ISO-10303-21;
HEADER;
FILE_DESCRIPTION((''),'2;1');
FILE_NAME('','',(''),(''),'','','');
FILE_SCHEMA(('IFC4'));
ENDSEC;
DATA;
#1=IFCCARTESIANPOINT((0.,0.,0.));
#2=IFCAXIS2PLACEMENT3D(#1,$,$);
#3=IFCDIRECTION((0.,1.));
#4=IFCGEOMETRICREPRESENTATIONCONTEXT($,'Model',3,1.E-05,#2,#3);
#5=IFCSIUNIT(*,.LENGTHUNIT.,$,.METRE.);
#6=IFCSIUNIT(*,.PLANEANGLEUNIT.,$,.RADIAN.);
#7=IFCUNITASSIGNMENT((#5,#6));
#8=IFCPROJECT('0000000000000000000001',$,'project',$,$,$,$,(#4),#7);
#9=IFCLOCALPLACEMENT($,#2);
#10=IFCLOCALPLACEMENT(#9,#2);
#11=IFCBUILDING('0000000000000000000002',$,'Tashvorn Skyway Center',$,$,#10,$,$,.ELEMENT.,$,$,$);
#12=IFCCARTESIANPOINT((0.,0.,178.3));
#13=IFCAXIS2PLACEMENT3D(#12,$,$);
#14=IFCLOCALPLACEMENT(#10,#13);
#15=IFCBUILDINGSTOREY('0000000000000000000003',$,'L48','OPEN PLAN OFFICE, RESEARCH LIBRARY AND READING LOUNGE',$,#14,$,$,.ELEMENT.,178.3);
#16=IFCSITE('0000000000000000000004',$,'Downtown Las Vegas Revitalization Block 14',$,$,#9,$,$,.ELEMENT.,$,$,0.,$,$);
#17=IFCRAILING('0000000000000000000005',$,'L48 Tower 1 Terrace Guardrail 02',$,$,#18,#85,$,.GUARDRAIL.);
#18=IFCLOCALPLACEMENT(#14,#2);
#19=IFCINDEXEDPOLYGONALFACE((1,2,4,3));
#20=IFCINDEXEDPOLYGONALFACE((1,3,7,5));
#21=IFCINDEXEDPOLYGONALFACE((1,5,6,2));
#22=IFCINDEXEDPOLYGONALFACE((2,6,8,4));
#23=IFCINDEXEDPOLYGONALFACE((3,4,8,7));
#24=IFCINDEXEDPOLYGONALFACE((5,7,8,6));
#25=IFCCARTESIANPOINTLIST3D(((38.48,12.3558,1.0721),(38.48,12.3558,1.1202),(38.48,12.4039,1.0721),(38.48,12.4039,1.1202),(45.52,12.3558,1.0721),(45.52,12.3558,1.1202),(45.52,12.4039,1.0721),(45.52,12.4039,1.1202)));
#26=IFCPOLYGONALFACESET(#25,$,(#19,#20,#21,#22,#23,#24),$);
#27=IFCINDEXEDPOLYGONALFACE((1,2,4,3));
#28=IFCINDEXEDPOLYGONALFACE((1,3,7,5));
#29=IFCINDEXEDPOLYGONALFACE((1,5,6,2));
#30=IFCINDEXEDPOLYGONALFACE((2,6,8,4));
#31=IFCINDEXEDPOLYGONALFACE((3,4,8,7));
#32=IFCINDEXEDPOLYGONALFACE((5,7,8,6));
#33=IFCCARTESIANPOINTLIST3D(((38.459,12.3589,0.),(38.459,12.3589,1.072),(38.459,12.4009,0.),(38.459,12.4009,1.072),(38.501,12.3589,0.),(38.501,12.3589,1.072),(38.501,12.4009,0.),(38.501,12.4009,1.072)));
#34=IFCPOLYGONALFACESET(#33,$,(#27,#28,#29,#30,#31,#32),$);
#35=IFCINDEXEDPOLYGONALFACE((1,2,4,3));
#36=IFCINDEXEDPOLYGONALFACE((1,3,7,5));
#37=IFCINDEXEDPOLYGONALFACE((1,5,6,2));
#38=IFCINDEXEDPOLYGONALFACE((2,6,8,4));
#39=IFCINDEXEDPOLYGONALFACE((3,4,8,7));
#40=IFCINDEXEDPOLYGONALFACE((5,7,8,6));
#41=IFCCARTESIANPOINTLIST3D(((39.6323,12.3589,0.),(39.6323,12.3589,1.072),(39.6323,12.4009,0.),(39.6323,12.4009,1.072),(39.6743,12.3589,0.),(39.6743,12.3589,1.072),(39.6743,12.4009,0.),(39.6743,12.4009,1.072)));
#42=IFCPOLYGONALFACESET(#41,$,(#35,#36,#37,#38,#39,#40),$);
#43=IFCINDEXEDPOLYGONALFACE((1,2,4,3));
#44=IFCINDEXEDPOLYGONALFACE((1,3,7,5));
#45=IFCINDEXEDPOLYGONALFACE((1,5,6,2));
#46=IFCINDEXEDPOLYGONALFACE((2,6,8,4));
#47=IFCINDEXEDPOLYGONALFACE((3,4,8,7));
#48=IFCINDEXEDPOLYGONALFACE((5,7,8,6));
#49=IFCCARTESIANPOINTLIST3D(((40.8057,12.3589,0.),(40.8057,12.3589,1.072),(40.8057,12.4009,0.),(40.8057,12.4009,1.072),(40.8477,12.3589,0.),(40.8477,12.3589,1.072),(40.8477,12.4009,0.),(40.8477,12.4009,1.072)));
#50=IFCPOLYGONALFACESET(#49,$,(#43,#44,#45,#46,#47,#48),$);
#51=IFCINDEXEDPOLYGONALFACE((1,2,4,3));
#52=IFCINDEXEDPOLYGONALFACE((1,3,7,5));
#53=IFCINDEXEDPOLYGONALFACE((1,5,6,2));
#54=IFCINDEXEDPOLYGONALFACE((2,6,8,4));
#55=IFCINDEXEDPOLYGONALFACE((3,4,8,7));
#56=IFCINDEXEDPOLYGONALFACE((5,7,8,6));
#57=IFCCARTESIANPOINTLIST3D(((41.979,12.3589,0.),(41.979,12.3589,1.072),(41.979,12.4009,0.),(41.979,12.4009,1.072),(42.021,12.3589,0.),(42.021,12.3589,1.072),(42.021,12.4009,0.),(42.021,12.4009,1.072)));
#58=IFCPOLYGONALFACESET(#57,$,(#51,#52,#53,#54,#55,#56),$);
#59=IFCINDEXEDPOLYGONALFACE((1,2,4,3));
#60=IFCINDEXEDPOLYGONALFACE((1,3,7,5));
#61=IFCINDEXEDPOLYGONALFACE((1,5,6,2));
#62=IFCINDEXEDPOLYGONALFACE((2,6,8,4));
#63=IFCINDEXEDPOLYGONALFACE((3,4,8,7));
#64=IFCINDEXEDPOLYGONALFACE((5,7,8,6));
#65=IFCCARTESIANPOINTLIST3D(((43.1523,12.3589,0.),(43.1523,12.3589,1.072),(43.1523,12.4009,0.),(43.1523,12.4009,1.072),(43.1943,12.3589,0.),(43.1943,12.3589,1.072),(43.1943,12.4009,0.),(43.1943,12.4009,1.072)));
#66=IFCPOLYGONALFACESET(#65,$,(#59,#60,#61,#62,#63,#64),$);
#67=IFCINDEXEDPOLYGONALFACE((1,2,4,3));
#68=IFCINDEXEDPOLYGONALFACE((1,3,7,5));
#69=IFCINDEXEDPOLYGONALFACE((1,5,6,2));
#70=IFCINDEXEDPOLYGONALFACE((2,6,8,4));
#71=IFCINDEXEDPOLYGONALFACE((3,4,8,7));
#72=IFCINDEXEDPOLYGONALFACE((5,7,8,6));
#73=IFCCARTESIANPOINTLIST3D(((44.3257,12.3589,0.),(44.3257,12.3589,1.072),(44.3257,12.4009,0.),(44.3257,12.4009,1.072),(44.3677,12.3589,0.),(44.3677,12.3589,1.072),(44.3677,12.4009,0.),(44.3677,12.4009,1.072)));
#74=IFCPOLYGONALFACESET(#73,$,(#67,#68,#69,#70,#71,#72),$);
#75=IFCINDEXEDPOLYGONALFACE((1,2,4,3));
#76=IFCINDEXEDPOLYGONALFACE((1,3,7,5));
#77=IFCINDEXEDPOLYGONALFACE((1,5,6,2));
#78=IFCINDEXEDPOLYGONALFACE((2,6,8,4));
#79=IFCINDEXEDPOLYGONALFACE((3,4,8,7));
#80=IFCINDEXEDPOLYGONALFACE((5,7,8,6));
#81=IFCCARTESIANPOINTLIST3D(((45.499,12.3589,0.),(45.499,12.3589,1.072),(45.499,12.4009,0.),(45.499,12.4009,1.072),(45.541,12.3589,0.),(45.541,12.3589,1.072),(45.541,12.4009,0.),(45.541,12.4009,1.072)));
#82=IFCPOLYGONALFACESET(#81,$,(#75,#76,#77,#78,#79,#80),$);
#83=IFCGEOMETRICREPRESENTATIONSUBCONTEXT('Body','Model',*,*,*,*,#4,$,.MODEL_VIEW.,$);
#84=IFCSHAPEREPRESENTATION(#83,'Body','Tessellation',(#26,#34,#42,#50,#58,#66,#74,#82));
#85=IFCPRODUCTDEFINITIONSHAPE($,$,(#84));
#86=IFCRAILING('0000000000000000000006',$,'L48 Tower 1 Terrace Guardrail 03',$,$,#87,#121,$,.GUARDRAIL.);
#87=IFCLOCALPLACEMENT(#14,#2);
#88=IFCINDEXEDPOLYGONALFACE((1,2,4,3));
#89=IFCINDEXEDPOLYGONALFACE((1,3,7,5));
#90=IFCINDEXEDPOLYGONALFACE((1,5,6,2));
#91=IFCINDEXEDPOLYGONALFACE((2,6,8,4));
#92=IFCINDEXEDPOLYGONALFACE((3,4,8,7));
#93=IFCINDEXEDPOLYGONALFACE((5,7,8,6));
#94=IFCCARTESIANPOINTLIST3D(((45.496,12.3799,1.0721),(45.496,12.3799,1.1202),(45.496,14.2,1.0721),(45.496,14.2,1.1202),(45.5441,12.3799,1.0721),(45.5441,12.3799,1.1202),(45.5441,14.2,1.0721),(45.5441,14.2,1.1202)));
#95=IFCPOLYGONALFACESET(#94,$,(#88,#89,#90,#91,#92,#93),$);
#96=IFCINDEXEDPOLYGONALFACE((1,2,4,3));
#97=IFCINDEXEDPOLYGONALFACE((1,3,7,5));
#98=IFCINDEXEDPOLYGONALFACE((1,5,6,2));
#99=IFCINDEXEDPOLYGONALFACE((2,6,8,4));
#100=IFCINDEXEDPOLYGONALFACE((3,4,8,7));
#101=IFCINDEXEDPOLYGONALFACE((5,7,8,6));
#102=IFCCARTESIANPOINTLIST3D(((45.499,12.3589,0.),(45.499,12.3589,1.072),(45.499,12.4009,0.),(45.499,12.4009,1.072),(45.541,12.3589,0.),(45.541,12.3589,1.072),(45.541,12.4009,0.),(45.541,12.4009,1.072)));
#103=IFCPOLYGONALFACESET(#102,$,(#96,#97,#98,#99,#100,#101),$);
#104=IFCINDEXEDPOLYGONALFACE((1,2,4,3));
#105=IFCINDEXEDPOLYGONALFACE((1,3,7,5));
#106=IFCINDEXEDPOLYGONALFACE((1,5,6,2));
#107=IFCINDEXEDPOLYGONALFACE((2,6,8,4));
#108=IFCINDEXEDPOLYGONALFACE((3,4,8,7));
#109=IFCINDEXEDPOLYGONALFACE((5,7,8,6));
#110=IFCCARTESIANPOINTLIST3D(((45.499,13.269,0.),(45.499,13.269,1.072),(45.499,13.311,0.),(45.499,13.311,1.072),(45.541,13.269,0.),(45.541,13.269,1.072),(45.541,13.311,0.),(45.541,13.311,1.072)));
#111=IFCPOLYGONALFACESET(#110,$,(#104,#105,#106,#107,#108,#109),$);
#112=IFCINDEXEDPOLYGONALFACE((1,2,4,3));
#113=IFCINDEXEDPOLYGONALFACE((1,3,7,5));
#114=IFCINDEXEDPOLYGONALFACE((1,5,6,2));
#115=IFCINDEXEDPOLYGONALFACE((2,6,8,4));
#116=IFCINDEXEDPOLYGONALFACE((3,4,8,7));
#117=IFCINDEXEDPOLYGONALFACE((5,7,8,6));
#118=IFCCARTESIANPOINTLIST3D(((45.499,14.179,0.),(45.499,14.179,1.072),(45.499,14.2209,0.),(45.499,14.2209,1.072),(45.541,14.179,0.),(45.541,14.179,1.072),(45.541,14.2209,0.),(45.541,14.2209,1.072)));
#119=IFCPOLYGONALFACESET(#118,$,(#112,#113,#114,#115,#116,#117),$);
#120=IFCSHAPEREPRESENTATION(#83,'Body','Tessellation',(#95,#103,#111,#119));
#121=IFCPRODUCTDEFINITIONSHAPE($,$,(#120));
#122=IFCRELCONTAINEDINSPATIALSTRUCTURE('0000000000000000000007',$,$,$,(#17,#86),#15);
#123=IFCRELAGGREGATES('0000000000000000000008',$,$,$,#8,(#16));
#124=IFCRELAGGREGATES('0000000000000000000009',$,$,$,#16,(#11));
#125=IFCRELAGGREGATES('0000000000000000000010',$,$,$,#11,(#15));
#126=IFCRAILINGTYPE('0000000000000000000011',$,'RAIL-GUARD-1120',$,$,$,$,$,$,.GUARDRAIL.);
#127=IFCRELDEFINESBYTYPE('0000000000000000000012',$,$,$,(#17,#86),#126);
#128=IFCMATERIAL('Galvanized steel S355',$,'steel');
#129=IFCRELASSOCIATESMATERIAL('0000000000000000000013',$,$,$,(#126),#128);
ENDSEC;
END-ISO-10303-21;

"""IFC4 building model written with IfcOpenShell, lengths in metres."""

from ifc_helpers import new_model, si_unit, direction, frame, origin, origin_2d, place, context, subcontext, project, spatial, rectangle, extrude, material, type_object, element, save


model = new_model("IFC4")

# Units and contexts
model_context = context("Model", 3, precision=1e-05, world=origin(), true_north=direction((0.0, 1.0)))
body_context = subcontext(model_context, "Body", "Model", "MODEL_VIEW")
ifc_project = project(units=[si_unit("LENGTHUNIT", "METRE"), si_unit("PLANEANGLEUNIT", "RADIAN")], contexts=[model_context])

# Site, building, storey
site_placement = place(None, origin())
site = spatial("IfcSite", under=ifc_project, at=site_placement, Name="Downtown Las Vegas Revitalization Block 14", CompositionType="ELEMENT", RefElevation=0.0)
building_placement = place(site_placement, origin())
building = spatial("IfcBuilding", under=site, at=building_placement, Name="Tashvorn Skyway Center", CompositionType="ELEMENT")
storey_placement = place(building_placement, frame((0.0, 0.0, 178.3)))
storey = spatial("IfcBuildingStorey", under=building, at=storey_placement, Name="L48", Description="OPEN PLAN OFFICE, RESEARCH LIBRARY AND READING LOUNGE", CompositionType="ELEMENT", Elevation=178.3)

# Railings
ifc_material_1 = material(Name="Galvanized steel S355", Category="steel")
railing_type = type_object("IfcRailingType", Name="RAIL-GUARD-1120", PredefinedType="GUARDRAIL", material=ifc_material_1)
railing_1_placement = place(storey_placement, frame((38.48, 12.3799, 0.0)))
element("IfcRailing", 1, at=railing_1_placement, inside=storey, type_object=railing_type, Name="L48 Tower 1 Terrace Guardrail 02", PredefinedType="GUARDRAIL", context=body_context, shape_type="SweptSolid", body=[
    extrude(rectangle(XDim=0.0481, YDim=0.0481, at=origin_2d()), frame((0.0, 0.0, 1.0962), z_axis=(1.0, 0.0, 0.0), x_axis=(0.0, 1.0, 0.0)), (0.0, 0.0, 1.0), 7.04),
    extrude(rectangle(XDim=0.042, YDim=0.042, at=origin_2d()), origin(), (0.0, 0.0, 1.0), 1.072),
    extrude(rectangle(XDim=0.042, YDim=0.042, at=origin_2d()), frame((1.1733, 0.0, 0.0)), (0.0, 0.0, 1.0), 1.072),
    extrude(rectangle(XDim=0.042, YDim=0.042, at=origin_2d()), frame((2.3467, 0.0, 0.0)), (0.0, 0.0, 1.0), 1.072),
    extrude(rectangle(XDim=0.042, YDim=0.042, at=origin_2d()), frame((3.52, 0.0, 0.0)), (0.0, 0.0, 1.0), 1.072),
    extrude(rectangle(XDim=0.042, YDim=0.042, at=origin_2d()), frame((4.6934, 0.0, 0.0)), (0.0, 0.0, 1.0), 1.072),
    extrude(rectangle(XDim=0.042, YDim=0.042, at=origin_2d()), frame((5.8667, 0.0, 0.0)), (0.0, 0.0, 1.0), 1.072),
    extrude(rectangle(XDim=0.042, YDim=0.042, at=origin_2d()), frame((7.04, 0.0, 0.0)), (0.0, 0.0, 1.0), 1.072),
])
railing_2_placement = place(storey_placement, frame((45.52, 12.3799, 0.0)))
element("IfcRailing", 2, at=railing_2_placement, inside=storey, type_object=railing_type, Name="L48 Tower 1 Terrace Guardrail 03", PredefinedType="GUARDRAIL", context=body_context, shape_type="SweptSolid", body=[
    extrude(rectangle(XDim=0.0481, YDim=0.0481, at=origin_2d()), frame((0.0, 0.0, 1.0962), z_axis=(0.0, 1.0, 0.0), x_axis=(-1.0, 0.0, 0.0)), (0.0, 0.0, 1.0), 1.8201),
    extrude(rectangle(XDim=0.042, YDim=0.042, at=origin_2d()), origin(), (0.0, 0.0, 1.0), 1.072),
    extrude(rectangle(XDim=0.042, YDim=0.042, at=origin_2d()), frame((0.0, 0.9102, 0.0)), (0.0, 0.0, 1.0), 1.072),
    extrude(rectangle(XDim=0.042, YDim=0.042, at=origin_2d()), frame((0.0, 1.8201, 0.0)), (0.0, 0.0, 1.0), 1.072),
])

save(model, "model.ifc")
